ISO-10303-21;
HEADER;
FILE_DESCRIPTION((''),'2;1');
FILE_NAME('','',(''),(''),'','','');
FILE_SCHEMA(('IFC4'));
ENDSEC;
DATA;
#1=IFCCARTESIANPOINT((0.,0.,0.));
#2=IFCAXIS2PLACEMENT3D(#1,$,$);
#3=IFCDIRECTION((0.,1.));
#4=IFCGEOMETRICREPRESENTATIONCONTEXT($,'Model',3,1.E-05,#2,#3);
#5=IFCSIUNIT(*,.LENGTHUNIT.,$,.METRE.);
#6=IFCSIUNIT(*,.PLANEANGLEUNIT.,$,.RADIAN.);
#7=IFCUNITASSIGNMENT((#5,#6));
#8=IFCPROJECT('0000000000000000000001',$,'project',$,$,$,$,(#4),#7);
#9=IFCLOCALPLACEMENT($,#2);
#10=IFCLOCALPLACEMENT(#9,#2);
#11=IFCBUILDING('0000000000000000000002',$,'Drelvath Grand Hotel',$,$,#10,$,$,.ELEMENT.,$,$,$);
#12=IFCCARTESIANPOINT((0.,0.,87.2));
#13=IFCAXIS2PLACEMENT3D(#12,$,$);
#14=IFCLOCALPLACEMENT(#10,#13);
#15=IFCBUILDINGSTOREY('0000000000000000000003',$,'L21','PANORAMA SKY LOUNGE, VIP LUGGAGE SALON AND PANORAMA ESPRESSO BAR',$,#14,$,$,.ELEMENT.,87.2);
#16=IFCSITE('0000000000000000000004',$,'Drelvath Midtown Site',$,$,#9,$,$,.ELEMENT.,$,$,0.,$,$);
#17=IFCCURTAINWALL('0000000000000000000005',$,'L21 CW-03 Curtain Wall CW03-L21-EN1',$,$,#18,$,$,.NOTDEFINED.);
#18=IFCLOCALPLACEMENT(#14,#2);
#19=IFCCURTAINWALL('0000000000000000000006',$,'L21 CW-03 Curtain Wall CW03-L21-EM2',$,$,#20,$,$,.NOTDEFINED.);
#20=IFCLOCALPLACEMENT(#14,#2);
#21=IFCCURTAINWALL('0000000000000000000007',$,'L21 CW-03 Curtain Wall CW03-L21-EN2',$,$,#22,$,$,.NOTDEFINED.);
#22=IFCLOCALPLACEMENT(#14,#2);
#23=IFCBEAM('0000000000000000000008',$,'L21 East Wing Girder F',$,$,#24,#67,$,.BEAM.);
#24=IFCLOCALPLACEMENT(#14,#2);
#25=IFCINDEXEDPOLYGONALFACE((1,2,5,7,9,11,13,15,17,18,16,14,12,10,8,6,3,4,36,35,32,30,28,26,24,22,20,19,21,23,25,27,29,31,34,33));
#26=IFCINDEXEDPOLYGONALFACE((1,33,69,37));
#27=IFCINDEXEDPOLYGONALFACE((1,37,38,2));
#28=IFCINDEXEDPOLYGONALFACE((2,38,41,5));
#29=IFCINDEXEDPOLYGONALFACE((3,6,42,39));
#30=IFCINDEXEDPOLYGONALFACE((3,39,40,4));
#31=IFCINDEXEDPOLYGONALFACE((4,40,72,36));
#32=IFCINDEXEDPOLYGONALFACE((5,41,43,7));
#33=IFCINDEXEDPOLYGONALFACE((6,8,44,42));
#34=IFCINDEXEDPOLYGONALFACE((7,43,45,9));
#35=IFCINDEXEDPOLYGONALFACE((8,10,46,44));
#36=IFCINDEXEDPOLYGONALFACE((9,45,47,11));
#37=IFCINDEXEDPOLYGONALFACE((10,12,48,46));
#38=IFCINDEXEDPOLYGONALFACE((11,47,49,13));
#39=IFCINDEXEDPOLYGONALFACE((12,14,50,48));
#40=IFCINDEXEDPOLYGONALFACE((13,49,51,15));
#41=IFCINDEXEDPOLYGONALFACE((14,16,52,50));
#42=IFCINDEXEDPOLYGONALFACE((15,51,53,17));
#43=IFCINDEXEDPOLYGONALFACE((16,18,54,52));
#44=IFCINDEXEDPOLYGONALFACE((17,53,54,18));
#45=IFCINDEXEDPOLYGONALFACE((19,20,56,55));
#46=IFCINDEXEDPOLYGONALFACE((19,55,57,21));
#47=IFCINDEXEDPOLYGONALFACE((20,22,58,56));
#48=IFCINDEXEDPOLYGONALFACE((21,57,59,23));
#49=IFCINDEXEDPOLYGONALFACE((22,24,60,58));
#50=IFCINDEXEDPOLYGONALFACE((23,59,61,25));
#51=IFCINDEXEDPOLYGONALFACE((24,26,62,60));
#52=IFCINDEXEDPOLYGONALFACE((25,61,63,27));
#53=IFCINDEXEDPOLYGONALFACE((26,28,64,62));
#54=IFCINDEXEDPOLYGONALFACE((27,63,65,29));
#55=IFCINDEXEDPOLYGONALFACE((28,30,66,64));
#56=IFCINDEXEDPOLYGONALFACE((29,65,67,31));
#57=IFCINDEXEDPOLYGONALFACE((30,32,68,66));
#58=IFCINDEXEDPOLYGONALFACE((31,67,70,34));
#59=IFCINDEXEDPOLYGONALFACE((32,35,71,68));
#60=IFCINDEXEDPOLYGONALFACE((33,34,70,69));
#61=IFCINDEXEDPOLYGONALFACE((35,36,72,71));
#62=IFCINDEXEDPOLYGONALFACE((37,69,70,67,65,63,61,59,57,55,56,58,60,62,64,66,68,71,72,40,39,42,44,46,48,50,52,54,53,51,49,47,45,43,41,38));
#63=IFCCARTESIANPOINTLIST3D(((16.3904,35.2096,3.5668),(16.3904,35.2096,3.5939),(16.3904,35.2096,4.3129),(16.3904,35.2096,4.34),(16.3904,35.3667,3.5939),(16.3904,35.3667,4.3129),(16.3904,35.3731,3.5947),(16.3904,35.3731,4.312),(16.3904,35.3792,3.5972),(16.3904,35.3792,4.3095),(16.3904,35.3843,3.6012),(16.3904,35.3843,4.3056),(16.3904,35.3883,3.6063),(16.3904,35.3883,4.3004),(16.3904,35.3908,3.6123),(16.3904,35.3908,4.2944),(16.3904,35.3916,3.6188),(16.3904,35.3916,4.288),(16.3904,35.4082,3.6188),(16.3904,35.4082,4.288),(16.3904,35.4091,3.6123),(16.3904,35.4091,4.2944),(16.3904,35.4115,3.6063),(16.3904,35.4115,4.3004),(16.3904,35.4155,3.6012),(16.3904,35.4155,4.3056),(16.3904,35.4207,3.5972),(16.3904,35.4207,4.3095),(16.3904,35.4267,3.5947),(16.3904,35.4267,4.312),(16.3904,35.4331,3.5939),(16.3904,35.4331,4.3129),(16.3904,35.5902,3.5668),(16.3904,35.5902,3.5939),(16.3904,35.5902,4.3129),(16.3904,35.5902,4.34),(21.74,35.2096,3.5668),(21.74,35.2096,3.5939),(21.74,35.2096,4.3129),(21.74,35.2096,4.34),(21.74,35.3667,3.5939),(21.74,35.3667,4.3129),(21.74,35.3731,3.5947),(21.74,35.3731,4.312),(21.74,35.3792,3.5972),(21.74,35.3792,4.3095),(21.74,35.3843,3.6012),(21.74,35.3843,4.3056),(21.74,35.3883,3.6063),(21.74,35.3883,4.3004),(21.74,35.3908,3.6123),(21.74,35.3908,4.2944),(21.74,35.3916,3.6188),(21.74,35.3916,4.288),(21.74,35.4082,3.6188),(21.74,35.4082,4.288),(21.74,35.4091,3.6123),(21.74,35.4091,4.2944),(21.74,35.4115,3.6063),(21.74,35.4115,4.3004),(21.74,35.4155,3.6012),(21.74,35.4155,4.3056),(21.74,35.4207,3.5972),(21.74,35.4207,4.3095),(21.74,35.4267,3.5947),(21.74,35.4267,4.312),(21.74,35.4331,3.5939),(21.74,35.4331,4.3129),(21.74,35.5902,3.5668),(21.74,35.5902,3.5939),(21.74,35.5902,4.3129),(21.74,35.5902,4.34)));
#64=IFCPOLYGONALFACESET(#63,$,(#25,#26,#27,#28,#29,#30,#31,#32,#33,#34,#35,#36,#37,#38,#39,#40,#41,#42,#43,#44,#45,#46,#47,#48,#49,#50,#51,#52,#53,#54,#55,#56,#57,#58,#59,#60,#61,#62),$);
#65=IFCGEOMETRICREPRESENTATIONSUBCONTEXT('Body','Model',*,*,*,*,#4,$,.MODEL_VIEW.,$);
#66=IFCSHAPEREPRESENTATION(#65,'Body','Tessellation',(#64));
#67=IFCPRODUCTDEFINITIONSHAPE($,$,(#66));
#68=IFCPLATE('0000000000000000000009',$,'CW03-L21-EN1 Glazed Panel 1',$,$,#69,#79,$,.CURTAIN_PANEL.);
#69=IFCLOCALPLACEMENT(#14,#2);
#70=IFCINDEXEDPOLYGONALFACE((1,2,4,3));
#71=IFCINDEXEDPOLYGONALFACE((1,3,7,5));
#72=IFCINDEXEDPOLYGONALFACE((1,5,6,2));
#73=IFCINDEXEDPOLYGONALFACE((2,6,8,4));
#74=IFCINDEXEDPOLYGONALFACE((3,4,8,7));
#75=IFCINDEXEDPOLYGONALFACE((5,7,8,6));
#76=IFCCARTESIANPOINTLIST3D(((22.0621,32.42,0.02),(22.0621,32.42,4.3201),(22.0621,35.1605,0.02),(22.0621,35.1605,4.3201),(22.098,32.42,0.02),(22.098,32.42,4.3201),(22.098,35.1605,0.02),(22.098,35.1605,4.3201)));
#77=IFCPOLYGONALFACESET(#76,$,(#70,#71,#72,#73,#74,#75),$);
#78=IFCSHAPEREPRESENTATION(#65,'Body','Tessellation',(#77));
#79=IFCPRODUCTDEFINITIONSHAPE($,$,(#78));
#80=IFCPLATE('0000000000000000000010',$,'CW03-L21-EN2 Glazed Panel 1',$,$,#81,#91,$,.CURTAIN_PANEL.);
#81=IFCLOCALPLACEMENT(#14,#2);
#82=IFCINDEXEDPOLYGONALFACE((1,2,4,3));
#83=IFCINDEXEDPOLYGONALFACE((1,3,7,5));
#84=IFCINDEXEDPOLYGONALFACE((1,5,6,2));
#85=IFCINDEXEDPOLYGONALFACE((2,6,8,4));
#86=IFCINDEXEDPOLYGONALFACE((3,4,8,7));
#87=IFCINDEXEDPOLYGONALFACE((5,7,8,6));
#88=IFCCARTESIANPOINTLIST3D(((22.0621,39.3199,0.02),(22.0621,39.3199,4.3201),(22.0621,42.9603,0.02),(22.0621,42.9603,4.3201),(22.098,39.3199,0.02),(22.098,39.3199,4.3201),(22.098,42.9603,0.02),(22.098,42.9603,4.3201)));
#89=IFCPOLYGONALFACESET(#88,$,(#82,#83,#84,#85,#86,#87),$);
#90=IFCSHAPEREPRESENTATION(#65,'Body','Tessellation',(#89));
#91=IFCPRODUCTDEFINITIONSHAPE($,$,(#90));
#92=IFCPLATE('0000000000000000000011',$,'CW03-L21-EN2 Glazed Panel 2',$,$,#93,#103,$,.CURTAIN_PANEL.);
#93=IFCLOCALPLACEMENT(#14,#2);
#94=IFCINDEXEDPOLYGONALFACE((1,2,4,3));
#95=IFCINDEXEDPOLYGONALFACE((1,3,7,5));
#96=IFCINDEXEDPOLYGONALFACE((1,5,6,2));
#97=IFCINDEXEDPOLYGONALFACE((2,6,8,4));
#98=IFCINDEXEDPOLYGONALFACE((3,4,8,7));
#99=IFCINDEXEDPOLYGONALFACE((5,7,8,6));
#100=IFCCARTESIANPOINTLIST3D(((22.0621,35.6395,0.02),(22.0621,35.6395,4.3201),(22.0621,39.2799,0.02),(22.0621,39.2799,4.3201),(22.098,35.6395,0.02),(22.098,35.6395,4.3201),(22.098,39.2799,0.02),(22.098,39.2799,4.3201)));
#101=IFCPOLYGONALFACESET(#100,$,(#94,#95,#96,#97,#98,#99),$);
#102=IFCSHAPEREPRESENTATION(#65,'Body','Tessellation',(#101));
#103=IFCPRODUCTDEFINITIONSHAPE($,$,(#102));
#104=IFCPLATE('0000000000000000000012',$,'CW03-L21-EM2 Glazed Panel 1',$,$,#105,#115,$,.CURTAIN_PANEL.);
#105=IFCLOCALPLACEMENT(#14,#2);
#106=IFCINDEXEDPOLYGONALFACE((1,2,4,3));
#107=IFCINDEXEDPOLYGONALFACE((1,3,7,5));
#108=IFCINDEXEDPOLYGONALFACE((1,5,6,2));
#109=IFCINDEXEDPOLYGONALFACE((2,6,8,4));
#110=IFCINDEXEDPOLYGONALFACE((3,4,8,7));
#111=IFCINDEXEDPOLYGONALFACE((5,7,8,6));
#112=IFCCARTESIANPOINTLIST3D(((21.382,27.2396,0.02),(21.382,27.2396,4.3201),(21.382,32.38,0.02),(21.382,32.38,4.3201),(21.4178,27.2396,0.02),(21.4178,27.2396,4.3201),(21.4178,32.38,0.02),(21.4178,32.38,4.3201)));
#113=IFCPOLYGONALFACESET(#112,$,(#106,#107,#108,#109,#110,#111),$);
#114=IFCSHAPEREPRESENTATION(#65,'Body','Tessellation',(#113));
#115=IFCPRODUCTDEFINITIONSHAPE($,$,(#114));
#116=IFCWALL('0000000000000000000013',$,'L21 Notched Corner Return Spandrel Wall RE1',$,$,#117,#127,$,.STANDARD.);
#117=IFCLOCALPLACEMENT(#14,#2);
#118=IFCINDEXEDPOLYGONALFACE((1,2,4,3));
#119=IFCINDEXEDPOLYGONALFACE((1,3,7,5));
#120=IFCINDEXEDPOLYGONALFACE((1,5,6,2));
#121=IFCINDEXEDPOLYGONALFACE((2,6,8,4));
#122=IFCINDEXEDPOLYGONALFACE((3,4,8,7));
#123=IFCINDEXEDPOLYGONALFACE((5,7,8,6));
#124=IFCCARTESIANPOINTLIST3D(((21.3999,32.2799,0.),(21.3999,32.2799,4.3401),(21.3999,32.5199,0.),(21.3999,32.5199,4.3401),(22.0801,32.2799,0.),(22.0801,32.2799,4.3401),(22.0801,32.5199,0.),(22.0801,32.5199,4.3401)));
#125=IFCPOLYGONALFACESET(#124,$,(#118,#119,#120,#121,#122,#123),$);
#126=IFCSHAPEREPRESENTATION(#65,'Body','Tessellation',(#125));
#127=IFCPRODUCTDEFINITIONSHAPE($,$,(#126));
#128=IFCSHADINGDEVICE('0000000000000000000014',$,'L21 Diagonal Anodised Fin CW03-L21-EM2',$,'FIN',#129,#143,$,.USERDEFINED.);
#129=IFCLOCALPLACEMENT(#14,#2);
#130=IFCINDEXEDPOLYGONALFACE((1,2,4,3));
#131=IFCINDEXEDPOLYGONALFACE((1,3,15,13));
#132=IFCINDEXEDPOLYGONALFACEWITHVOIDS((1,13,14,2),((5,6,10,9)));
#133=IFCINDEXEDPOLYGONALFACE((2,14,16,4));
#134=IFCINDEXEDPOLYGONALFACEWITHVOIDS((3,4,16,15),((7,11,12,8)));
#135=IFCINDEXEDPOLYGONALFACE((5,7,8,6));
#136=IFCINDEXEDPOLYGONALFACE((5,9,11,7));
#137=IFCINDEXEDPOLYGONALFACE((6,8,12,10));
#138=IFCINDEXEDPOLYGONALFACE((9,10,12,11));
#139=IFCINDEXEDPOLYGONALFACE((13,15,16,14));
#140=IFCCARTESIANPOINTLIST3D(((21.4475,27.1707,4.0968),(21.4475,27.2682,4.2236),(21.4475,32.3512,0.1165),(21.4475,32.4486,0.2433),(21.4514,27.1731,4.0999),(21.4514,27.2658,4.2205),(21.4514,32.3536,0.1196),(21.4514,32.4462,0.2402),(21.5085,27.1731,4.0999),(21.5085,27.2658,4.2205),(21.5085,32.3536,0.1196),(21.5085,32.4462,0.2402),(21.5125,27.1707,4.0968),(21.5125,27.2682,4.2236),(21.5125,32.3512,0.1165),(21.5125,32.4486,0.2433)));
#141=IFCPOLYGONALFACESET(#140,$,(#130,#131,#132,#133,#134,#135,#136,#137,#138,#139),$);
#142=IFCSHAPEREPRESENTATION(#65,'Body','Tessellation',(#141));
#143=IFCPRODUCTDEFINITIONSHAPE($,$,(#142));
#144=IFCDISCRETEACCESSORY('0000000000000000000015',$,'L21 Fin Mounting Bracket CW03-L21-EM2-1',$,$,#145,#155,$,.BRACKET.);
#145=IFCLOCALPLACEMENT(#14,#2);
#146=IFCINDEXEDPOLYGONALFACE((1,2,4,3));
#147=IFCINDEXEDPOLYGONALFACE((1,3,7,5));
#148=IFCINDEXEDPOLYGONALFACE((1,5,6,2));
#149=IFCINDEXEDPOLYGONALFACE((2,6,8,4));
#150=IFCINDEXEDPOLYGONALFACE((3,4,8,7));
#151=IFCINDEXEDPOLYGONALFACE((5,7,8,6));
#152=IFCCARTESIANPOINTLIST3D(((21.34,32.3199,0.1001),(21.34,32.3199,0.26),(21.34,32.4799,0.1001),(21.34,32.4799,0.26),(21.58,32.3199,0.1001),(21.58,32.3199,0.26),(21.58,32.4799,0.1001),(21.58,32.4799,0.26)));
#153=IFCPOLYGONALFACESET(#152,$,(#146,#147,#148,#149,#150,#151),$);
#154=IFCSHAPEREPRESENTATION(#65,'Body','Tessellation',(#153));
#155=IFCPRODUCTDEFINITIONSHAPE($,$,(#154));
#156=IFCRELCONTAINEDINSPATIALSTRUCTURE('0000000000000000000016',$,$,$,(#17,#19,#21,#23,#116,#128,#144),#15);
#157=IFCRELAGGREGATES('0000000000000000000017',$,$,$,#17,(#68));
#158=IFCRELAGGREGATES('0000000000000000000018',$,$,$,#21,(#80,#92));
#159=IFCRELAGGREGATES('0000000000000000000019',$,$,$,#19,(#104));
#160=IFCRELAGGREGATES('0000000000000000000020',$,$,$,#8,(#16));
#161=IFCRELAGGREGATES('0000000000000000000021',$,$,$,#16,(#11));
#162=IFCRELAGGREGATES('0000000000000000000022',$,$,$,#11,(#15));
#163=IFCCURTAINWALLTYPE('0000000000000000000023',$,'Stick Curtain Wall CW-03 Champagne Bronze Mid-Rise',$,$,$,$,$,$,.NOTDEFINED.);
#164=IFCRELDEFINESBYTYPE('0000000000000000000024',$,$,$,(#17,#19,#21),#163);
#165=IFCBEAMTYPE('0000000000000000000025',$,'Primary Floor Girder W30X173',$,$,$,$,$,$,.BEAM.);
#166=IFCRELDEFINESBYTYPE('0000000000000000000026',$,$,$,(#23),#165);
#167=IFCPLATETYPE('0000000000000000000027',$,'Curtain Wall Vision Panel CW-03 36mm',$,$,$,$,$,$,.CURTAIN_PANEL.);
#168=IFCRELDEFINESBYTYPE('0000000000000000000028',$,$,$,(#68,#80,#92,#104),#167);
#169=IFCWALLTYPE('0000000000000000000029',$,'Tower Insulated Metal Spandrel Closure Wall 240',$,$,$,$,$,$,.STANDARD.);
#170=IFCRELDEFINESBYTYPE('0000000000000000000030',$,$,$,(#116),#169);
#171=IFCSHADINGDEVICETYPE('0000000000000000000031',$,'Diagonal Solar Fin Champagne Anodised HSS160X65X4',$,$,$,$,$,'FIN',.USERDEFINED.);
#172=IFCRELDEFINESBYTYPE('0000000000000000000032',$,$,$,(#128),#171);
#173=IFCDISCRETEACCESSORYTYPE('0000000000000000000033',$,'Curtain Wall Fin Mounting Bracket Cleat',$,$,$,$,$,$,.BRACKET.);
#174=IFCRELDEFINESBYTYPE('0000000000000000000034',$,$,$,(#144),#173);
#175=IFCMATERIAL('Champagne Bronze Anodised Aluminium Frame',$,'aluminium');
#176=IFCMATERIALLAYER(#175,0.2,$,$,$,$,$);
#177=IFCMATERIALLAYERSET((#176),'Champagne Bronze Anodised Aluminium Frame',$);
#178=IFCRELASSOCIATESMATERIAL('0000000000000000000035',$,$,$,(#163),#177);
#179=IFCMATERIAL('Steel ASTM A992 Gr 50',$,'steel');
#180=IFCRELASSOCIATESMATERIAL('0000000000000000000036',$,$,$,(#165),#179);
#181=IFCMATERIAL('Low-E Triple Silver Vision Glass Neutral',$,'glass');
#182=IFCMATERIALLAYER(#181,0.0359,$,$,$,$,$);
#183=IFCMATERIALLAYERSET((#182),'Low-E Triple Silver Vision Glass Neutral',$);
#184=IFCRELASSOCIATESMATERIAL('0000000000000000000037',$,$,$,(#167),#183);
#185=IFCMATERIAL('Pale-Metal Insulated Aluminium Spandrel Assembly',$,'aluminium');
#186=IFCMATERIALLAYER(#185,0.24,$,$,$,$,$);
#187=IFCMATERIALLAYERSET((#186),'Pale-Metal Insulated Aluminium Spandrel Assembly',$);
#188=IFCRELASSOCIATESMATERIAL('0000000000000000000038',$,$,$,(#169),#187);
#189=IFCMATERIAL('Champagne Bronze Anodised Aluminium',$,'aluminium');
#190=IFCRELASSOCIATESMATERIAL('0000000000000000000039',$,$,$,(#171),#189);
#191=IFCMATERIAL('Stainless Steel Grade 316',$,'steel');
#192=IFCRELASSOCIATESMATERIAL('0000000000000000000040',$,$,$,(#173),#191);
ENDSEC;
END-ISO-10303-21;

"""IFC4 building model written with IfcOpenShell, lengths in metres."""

from ifc_helpers import new_model, si_unit, direction, frame, frame_2d, origin, origin_2d, place, context, subcontext, project, spatial, rectangle, hollow_rectangle, i_section, extrude, material, layer, layer_set, material_profile, profile_set, type_object, element, aggregate, save


model = new_model("IFC4")

# Units and contexts
model_context = context("Model", 3, precision=1e-05, world=origin(), true_north=direction((0.0, 1.0)))
body_context = subcontext(model_context, "Body", "Model", "MODEL_VIEW")
ifc_project = project(units=[si_unit("LENGTHUNIT", "METRE"), si_unit("PLANEANGLEUNIT", "RADIAN")], contexts=[model_context])

# Site, building, storey
site_placement = place(None, origin())
site = spatial("IfcSite", under=ifc_project, at=site_placement, Name="Drelvath Midtown Site", CompositionType="ELEMENT", RefElevation=0.0)
building_placement = place(site_placement, origin())
building = spatial("IfcBuilding", under=site, at=building_placement, Name="Drelvath Grand Hotel", CompositionType="ELEMENT")
storey_placement = place(building_placement, frame((0.0, 0.0, 87.2)))
storey = spatial("IfcBuildingStorey", under=building, at=storey_placement, Name="L21", Description="PANORAMA SKY LOUNGE, VIP LUGGAGE SALON AND PANORAMA ESPRESSO BAR", CompositionType="ELEMENT", Elevation=87.2)

# Curtain walls
ifc_material_1 = material(Name="Champagne Bronze Anodised Aluminium Frame", Category="aluminium")
ifc_layer_1 = layer(ifc_material_1, 0.2)
ifc_layer_set_1 = layer_set([ifc_layer_1], Name="Champagne Bronze Anodised Aluminium Frame")
curtain_wall_type = type_object("IfcCurtainWallType", Name="Stick Curtain Wall CW-03 Champagne Bronze Mid-Rise", PredefinedType="NOTDEFINED", material=ifc_layer_set_1)
curtain_wall_1_placement = place(storey_placement, origin())
curtain_wall_1 = element("IfcCurtainWall", 1, at=curtain_wall_1_placement, inside=storey, type_object=curtain_wall_type, Name="L21 CW-03 Curtain Wall CW03-L21-EN1", PredefinedType="NOTDEFINED")
curtain_wall_2_placement = place(storey_placement, origin())
curtain_wall_2 = element("IfcCurtainWall", 2, at=curtain_wall_2_placement, inside=storey, type_object=curtain_wall_type, Name="L21 CW-03 Curtain Wall CW03-L21-EM2", PredefinedType="NOTDEFINED")

# Curtain wall
curtain_wall_3_placement = place(storey_placement, origin())
curtain_wall_3 = element("IfcCurtainWall", 3, at=curtain_wall_3_placement, inside=storey, type_object=curtain_wall_type, Name="L21 CW-03 Curtain Wall CW03-L21-EN2", PredefinedType="NOTDEFINED")

# Beam
ifc_material_2 = material(Name="Steel ASTM A992 Gr 50", Category="steel")
ifc_material_profile_1 = material_profile(ifc_material_2, i_section(OverallWidth=0.3806, OverallDepth=0.7732, WebThickness=0.0166, FlangeThickness=0.0271, FilletRadius=0.0249, at=origin_2d()), Name="W30X173")
ifc_profile_set_1 = profile_set([ifc_material_profile_1], Name="Steel ASTM A992 Gr 50")
beam_type_1 = type_object("IfcBeamType", Name="Primary Floor Girder W30X173", PredefinedType="BEAM", material=ifc_profile_set_1)
beam_1_placement = place(storey_placement, frame((16.3904, 35.3999, 3.9534), z_axis=(1.0, 0.0, 0.0), x_axis=(0.0, 1.0, 0.0)))
element("IfcBeam", 4, at=beam_1_placement, inside=storey, type_object=beam_type_1, Name="L21 East Wing Girder F", PredefinedType="BEAM", context=body_context, shape_type="SweptSolid", body=[
    extrude(i_section(OverallWidth=0.3806, OverallDepth=0.7732, WebThickness=0.0166, FlangeThickness=0.0271, FilletRadius=0.0249, at=origin_2d()), origin(), (0.0, 0.0, 1.0), 5.3496),
])

# Plates
ifc_material_3 = material(Name="Low-E Triple Silver Vision Glass Neutral", Category="glass")
ifc_layer_2 = layer(ifc_material_3, 0.0359)
ifc_layer_set_2 = layer_set([ifc_layer_2], Name="Low-E Triple Silver Vision Glass Neutral")
plate_type = type_object("IfcPlateType", Name="Curtain Wall Vision Panel CW-03 36mm", PredefinedType="CURTAIN_PANEL", material=ifc_layer_set_2)
plate_1_placement = place(storey_placement, frame((22.0801, 33.7903, 0.02), z_axis=(0.0, 0.0, 1.0), x_axis=(0.0, -1.0, 0.0)))
plate_1 = element("IfcPlate", 5, at=plate_1_placement, type_object=plate_type, Name="CW03-L21-EN1 Glazed Panel 1", PredefinedType="CURTAIN_PANEL", context=body_context, shape_type="SweptSolid", body=[
    extrude(rectangle(XDim=2.7405, YDim=0.0359, at=origin_2d()), origin(), (0.0, 0.0, 1.0), 4.3),
])
aggregate(curtain_wall_1, [plate_1])
plate_2_placement = place(storey_placement, frame((22.0801, 41.1401, 0.02), z_axis=(0.0, 0.0, 1.0), x_axis=(0.0, -1.0, 0.0)))
plate_2 = element("IfcPlate", 6, at=plate_2_placement, type_object=plate_type, Name="CW03-L21-EN2 Glazed Panel 1", PredefinedType="CURTAIN_PANEL", context=body_context, shape_type="SweptSolid", body=[
    extrude(rectangle(XDim=3.6404, YDim=0.0359, at=origin_2d()), origin(), (0.0, 0.0, 1.0), 4.3),
])
plate_3_placement = place(storey_placement, frame((22.0801, 37.4597, 0.02), z_axis=(0.0, 0.0, 1.0), x_axis=(0.0, -1.0, 0.0)))
plate_3 = element("IfcPlate", 7, at=plate_3_placement, type_object=plate_type, Name="CW03-L21-EN2 Glazed Panel 2", PredefinedType="CURTAIN_PANEL", context=body_context, shape_type="SweptSolid", body=[
    extrude(rectangle(XDim=3.6404, YDim=0.0359, at=origin_2d()), origin(), (0.0, 0.0, 1.0), 4.3),
])
aggregate(curtain_wall_3, [plate_2, plate_3])
plate_4_placement = place(storey_placement, frame((21.3999, 29.8098, 0.02), z_axis=(0.0, 0.0, 1.0), x_axis=(0.0, -1.0, 0.0)))
plate_4 = element("IfcPlate", 8, at=plate_4_placement, type_object=plate_type, Name="CW03-L21-EM2 Glazed Panel 1", PredefinedType="CURTAIN_PANEL", context=body_context, shape_type="SweptSolid", body=[
    extrude(rectangle(XDim=5.1404, YDim=0.0359, at=origin_2d()), origin(), (0.0, 0.0, 1.0), 4.3),
])
aggregate(curtain_wall_2, [plate_4])

# Wall
ifc_material_4 = material(Name="Pale-Metal Insulated Aluminium Spandrel Assembly", Category="aluminium")
ifc_layer_3 = layer(ifc_material_4, 0.24)
ifc_layer_set_3 = layer_set([ifc_layer_3], Name="Pale-Metal Insulated Aluminium Spandrel Assembly")
wall_type = type_object("IfcWallType", Name="Tower Insulated Metal Spandrel Closure Wall 240", PredefinedType="STANDARD", material=ifc_layer_set_3)
wall_placement = place(storey_placement, frame((22.0801, 32.3999, 0.0), z_axis=(0.0, 0.0, 1.0), x_axis=(-1.0, 0.0, 0.0)))
element("IfcWall", 9, at=wall_placement, inside=storey, type_object=wall_type, Name="L21 Notched Corner Return Spandrel Wall RE1", PredefinedType="STANDARD", context=body_context, shape_type="SweptSolid", body=[
    extrude(rectangle(XDim=0.6802, YDim=0.24, at=frame_2d((0.3401, 0.0))), origin(), (0.0, 0.0, 1.0), 4.3401),
])

# Shading device
ifc_material_5 = material(Name="Champagne Bronze Anodised Aluminium", Category="aluminium")
ifc_material_profile_2 = material_profile(ifc_material_5, hollow_rectangle(XDim=0.0649, YDim=0.1599, WallThickness=0.0039, at=origin_2d()), Name="HSS160X65X4")
ifc_profile_set_2 = profile_set([ifc_material_profile_2], Name="Champagne Bronze Anodised Aluminium")
shading_device_type = type_object("IfcShadingDeviceType", Name="Diagonal Solar Fin Champagne Anodised HSS160X65X4", ElementType="FIN", PredefinedType="USERDEFINED", material=ifc_profile_set_2)
shading_device_placement = place(storey_placement, frame((21.48, 32.3999, 0.1799), z_axis=(0.0, -0.792973, 0.609257), x_axis=(1.0, 0.0, 0.0)))
element("IfcShadingDevice", 10, at=shading_device_placement, inside=storey, type_object=shading_device_type, Name="L21 Diagonal Anodised Fin CW03-L21-EM2", ObjectType="FIN", PredefinedType="USERDEFINED", context=body_context, shape_type="SweptSolid", body=[
    extrude(hollow_rectangle(XDim=0.0649, YDim=0.1599, WallThickness=0.0039, at=origin_2d()), origin(), (0.0, 0.0, 1.0), 6.533),
])

# Discrete accessory
ifc_material_6 = material(Name="Stainless Steel Grade 316", Category="steel")
discrete_accessory_type = type_object("IfcDiscreteAccessoryType", Name="Curtain Wall Fin Mounting Bracket Cleat", PredefinedType="BRACKET", material=ifc_material_6)
discrete_accessory_placement = place(storey_placement, frame((21.46, 32.3999, 0.1001), z_axis=(0.0, 0.0, 1.0), x_axis=(0.0, -1.0, 0.0)))
element("IfcDiscreteAccessory", 11, at=discrete_accessory_placement, inside=storey, type_object=discrete_accessory_type, Name="L21 Fin Mounting Bracket CW03-L21-EM2-1", PredefinedType="BRACKET", context=body_context, shape_type="SweptSolid", body=[
    extrude(rectangle(XDim=0.1599, YDim=0.24, at=origin_2d()), origin(), (0.0, 0.0, 1.0), 0.1599),
])

save(model, "model.ifc")
